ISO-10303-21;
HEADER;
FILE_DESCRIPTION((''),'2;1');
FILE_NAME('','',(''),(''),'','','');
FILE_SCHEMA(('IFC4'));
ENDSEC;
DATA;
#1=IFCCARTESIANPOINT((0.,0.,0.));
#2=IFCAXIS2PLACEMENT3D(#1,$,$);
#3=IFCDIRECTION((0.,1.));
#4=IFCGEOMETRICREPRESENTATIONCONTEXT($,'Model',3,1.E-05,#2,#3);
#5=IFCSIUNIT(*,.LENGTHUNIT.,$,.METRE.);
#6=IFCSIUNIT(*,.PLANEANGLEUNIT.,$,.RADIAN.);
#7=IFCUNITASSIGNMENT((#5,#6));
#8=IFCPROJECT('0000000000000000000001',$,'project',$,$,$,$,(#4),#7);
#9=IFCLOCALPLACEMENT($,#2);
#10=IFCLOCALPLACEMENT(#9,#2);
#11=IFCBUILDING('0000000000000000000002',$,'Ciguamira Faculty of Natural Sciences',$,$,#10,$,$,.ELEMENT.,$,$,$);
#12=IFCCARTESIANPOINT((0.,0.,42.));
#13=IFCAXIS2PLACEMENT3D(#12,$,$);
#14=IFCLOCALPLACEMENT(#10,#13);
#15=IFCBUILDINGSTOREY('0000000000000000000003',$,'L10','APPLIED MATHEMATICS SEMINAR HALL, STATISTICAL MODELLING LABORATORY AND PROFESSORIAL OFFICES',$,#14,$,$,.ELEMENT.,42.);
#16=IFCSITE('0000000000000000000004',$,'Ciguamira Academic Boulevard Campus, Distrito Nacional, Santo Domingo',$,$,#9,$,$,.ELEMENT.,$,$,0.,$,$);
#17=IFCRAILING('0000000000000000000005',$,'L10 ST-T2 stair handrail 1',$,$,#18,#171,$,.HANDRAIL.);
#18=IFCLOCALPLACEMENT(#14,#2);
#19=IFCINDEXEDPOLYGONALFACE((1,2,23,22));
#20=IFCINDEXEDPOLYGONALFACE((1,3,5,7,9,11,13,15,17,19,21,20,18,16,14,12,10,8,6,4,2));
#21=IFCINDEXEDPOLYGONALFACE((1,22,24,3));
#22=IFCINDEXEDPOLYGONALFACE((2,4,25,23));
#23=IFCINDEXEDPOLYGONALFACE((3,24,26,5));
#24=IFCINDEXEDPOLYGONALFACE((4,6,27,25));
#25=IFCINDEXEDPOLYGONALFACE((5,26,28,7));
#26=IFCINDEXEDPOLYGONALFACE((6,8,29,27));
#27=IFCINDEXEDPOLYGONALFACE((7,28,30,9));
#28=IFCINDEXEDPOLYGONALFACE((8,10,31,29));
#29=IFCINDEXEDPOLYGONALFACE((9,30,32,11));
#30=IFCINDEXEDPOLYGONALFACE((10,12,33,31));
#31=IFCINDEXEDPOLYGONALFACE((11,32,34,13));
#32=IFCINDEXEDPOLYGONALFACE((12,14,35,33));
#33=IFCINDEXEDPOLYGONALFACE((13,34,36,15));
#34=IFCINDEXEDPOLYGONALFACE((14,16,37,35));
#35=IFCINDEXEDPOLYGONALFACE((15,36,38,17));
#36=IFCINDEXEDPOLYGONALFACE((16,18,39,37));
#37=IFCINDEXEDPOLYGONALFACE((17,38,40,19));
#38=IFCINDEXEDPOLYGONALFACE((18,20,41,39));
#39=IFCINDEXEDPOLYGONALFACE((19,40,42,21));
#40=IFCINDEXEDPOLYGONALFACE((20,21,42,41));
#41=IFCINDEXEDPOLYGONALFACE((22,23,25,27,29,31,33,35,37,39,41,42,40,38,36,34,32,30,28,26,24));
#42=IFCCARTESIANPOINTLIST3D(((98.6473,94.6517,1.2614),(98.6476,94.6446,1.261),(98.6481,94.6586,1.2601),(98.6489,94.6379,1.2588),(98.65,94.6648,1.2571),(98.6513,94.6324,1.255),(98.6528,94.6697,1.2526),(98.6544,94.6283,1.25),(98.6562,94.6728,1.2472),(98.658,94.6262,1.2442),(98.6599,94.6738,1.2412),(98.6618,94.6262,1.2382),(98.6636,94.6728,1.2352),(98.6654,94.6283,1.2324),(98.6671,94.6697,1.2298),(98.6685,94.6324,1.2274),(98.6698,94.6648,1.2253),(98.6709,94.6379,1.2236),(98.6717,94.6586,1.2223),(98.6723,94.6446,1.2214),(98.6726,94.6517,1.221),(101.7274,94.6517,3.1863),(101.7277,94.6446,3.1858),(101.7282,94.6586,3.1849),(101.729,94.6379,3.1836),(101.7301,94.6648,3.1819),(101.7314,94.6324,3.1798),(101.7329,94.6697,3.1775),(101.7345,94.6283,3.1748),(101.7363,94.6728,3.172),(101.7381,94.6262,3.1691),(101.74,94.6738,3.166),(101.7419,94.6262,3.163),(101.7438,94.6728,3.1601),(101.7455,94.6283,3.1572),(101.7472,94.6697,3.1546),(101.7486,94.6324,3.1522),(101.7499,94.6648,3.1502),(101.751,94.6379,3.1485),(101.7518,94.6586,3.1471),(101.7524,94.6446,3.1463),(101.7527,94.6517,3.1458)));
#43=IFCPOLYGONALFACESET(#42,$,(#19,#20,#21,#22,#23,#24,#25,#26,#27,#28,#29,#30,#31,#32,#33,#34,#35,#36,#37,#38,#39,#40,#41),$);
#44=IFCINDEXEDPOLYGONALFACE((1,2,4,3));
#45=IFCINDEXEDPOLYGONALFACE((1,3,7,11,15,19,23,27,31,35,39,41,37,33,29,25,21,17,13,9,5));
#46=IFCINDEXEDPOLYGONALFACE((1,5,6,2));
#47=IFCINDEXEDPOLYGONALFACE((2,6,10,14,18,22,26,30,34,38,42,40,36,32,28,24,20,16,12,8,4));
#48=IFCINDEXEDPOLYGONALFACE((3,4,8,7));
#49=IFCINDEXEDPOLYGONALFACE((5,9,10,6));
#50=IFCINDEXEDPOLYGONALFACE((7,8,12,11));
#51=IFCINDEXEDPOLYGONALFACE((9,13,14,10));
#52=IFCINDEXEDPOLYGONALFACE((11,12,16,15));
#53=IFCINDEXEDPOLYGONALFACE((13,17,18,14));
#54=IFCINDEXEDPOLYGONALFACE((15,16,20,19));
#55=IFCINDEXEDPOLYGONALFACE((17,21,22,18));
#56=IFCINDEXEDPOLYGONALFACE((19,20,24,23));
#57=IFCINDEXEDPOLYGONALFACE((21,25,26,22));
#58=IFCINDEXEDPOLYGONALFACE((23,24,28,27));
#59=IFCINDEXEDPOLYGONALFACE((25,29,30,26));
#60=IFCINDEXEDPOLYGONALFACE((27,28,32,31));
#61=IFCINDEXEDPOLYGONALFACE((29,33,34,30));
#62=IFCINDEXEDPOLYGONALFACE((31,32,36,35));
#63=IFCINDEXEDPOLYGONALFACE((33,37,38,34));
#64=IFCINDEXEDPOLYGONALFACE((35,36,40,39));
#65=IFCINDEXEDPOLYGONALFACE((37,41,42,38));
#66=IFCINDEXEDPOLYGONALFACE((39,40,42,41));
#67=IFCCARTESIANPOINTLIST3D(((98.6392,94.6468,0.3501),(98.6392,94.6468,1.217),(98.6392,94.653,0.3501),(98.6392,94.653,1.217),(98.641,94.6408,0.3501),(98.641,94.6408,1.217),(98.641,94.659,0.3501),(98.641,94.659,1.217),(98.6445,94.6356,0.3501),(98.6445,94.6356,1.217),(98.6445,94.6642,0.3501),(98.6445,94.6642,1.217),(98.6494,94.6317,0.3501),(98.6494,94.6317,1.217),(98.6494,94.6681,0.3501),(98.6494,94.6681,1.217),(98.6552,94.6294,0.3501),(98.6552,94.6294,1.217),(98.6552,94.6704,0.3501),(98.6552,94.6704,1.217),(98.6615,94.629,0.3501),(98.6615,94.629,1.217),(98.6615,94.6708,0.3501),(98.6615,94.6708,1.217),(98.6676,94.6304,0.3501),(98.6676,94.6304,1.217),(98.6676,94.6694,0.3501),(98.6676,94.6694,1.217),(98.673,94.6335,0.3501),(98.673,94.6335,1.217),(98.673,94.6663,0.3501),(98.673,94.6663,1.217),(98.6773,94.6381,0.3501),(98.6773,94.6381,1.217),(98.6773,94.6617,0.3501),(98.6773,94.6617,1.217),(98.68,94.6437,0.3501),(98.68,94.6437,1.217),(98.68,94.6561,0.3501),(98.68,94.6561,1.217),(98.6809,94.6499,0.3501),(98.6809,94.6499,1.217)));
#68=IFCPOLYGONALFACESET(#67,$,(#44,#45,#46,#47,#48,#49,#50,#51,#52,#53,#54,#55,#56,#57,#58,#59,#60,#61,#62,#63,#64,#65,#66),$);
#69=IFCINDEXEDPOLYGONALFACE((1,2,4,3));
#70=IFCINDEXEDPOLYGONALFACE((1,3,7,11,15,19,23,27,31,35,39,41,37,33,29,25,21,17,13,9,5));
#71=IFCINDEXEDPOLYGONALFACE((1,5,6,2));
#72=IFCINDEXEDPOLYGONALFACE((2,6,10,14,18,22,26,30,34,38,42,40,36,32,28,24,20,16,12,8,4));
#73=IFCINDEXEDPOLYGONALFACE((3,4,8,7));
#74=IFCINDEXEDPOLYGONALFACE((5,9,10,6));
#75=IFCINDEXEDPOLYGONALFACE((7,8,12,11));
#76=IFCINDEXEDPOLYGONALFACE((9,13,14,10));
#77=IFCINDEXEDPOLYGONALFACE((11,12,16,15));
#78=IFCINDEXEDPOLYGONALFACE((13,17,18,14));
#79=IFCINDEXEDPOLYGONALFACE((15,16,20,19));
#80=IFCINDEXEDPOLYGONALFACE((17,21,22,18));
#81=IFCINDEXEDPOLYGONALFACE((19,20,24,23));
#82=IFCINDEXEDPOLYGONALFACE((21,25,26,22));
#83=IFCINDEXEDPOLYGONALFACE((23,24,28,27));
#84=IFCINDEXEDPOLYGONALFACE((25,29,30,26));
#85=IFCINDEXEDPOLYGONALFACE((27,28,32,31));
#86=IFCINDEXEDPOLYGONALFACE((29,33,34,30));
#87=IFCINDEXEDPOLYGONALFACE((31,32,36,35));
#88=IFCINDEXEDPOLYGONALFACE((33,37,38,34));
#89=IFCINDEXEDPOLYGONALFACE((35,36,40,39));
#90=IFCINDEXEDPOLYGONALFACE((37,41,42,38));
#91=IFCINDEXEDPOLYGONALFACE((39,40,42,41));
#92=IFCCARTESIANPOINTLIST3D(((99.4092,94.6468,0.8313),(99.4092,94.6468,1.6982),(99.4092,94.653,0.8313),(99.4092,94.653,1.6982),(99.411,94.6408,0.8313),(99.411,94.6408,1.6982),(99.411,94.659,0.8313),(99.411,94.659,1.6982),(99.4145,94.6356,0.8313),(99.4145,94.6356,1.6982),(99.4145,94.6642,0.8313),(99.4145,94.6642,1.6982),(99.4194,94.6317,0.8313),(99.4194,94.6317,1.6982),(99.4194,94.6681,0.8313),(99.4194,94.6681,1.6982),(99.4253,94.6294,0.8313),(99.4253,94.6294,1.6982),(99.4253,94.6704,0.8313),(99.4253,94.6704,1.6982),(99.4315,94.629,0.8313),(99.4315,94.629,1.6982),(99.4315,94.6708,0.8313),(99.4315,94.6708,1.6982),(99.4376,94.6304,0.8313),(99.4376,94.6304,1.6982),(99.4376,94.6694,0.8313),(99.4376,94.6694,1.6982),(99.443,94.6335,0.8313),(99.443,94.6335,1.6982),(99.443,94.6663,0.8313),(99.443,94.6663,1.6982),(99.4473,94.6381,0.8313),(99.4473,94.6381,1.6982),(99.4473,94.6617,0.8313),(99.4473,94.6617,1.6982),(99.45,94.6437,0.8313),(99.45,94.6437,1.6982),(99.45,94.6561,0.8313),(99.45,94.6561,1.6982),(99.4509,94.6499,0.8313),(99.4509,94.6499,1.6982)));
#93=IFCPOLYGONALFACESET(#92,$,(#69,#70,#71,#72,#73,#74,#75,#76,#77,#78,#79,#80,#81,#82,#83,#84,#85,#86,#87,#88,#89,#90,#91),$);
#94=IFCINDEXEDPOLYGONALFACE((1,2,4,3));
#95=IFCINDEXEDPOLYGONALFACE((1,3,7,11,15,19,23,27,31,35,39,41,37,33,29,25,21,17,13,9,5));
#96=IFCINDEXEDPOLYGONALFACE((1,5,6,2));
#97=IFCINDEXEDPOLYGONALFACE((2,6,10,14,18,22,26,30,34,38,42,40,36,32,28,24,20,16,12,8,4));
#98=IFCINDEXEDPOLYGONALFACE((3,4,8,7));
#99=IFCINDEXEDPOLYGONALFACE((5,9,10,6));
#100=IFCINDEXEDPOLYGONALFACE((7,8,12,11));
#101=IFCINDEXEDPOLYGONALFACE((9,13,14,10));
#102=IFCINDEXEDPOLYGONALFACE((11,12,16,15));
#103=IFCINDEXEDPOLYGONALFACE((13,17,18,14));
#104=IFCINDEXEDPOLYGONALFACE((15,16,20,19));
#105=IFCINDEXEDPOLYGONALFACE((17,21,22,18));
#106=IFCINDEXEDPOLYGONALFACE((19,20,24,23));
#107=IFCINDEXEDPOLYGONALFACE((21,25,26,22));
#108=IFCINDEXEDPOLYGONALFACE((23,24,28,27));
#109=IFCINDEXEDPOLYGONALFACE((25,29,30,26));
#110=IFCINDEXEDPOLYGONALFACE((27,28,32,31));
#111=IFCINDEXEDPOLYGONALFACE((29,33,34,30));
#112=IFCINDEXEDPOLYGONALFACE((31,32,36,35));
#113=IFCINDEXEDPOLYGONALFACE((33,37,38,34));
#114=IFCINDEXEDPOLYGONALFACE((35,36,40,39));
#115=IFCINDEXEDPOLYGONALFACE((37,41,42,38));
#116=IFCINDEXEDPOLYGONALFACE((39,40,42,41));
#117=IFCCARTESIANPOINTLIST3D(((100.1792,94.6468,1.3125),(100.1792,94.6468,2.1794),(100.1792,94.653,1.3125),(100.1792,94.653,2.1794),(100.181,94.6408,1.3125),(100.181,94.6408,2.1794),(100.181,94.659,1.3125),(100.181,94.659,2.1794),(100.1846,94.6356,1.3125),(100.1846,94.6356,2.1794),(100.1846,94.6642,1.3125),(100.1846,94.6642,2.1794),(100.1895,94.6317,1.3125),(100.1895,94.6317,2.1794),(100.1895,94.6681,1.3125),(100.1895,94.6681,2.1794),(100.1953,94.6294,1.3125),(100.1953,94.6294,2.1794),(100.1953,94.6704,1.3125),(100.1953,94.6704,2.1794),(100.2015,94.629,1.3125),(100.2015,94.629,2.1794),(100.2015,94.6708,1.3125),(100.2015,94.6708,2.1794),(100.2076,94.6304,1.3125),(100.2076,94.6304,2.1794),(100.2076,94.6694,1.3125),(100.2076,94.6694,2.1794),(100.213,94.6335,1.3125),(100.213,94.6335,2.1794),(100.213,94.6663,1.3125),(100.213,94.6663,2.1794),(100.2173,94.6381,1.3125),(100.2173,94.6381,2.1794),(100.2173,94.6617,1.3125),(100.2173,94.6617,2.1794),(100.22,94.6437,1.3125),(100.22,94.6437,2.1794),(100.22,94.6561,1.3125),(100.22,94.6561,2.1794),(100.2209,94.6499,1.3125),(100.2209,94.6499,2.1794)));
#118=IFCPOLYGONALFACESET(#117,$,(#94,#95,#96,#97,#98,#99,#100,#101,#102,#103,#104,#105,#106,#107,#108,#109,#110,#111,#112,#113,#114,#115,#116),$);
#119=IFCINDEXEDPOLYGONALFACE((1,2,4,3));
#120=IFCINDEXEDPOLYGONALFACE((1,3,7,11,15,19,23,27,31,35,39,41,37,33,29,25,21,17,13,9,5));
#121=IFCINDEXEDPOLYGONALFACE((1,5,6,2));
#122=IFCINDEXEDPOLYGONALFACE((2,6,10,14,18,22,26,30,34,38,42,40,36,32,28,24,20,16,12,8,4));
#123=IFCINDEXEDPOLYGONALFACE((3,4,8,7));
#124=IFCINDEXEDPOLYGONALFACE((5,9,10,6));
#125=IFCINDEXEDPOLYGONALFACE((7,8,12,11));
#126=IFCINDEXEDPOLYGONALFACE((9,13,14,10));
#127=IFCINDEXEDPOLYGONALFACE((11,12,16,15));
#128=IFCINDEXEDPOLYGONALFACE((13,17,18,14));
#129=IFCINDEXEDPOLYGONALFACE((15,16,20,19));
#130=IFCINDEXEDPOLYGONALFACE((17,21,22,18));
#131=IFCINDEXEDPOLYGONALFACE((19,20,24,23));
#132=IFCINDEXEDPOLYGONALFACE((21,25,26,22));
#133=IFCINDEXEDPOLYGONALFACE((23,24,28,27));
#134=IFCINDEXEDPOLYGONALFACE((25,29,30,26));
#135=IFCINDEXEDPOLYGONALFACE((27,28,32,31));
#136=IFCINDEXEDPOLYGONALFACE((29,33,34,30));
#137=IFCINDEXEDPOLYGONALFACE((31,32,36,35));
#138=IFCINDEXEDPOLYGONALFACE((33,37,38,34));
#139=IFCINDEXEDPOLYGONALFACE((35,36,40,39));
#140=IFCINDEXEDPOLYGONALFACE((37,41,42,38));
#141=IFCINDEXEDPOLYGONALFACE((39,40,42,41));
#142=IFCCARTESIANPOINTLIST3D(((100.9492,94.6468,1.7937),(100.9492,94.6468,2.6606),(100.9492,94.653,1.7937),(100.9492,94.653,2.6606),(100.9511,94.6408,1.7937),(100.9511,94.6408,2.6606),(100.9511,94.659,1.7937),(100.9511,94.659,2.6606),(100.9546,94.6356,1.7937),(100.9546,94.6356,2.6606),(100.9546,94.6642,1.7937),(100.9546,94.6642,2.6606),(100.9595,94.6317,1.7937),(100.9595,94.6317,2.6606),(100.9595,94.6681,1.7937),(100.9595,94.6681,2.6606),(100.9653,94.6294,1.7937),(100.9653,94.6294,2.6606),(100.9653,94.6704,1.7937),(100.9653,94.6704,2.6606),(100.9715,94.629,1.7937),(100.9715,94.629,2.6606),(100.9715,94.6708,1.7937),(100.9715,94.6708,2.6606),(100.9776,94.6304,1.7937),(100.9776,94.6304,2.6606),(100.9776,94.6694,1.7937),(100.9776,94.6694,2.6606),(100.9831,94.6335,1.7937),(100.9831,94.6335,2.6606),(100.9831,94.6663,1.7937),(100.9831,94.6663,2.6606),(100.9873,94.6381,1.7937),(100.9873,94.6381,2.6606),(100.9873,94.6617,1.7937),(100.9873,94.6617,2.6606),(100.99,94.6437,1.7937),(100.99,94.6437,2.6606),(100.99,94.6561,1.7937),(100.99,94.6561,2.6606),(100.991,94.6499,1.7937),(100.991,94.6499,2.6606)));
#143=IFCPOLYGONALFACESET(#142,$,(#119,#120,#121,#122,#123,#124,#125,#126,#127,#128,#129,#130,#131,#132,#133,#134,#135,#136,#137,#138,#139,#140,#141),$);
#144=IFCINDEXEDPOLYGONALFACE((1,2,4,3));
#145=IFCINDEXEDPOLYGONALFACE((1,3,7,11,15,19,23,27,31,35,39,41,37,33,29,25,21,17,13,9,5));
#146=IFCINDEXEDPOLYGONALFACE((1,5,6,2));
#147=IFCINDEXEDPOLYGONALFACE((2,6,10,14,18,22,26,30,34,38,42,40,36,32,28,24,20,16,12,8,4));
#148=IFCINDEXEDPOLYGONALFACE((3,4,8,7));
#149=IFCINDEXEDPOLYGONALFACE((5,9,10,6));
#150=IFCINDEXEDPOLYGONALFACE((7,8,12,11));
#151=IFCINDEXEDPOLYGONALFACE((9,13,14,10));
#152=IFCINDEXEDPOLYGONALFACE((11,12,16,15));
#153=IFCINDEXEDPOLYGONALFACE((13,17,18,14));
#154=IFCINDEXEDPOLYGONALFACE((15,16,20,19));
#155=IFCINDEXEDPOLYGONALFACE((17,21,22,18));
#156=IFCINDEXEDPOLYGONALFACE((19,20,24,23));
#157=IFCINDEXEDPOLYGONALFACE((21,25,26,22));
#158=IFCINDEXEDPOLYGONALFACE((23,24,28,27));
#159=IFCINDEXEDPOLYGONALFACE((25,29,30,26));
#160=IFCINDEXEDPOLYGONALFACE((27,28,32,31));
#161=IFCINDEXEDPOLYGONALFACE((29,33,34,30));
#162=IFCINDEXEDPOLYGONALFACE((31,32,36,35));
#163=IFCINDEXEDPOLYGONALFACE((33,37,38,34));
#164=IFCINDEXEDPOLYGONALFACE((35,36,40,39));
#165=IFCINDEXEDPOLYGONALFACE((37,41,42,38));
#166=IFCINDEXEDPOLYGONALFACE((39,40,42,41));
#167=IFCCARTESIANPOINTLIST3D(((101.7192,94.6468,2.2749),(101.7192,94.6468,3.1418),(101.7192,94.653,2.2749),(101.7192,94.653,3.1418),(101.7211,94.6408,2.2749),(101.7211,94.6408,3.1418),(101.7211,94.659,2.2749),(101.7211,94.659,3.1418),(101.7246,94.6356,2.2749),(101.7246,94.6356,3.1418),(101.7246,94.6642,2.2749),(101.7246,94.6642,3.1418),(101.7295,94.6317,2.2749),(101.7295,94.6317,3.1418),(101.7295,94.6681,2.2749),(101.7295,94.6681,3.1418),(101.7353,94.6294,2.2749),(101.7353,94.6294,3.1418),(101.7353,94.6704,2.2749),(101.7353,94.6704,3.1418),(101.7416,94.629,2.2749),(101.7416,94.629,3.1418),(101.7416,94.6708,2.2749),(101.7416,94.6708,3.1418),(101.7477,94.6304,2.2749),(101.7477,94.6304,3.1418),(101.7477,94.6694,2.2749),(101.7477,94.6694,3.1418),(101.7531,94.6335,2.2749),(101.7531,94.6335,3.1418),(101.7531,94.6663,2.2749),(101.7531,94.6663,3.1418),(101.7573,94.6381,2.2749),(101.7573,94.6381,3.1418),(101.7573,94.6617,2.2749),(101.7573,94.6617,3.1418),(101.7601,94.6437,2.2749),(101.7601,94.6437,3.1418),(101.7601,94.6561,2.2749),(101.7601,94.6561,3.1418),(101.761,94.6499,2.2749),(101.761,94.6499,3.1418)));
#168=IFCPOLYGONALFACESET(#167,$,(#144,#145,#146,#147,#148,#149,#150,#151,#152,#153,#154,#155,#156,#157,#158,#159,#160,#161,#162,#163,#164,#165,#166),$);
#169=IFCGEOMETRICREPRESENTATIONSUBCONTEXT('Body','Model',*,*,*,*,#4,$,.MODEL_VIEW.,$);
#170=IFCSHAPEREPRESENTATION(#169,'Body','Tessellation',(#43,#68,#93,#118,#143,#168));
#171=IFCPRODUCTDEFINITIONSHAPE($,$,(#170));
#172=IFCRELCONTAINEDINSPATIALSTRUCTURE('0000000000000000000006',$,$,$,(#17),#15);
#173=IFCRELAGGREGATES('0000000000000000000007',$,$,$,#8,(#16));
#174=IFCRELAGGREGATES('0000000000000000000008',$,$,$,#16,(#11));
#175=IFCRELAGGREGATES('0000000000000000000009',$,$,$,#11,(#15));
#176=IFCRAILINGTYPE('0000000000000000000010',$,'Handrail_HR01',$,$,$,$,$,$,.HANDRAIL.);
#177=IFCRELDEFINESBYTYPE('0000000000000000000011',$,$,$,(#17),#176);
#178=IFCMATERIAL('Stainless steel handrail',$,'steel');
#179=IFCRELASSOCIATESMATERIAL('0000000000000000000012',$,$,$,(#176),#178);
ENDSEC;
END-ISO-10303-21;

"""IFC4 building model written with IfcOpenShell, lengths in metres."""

from ifc_helpers import new_model, si_unit, direction, frame, origin, origin_2d, place, context, subcontext, project, spatial, circle, extrude, material, type_object, element, save


model = new_model("IFC4")

# Units and contexts
model_context = context("Model", 3, precision=1e-05, world=origin(), true_north=direction((0.0, 1.0)))
body_context = subcontext(model_context, "Body", "Model", "MODEL_VIEW")
ifc_project = project(units=[si_unit("LENGTHUNIT", "METRE"), si_unit("PLANEANGLEUNIT", "RADIAN")], contexts=[model_context])

# Site, building, storey
site_placement = place(None, origin())
site = spatial("IfcSite", under=ifc_project, at=site_placement, Name="Ciguamira Academic Boulevard Campus, Distrito Nacional, Santo Domingo", CompositionType="ELEMENT", RefElevation=0.0)
building_placement = place(site_placement, origin())
building = spatial("IfcBuilding", under=site, at=building_placement, Name="Ciguamira Faculty of Natural Sciences", CompositionType="ELEMENT")
storey_placement = place(building_placement, frame((0.0, 0.0, 42.0)))
storey = spatial("IfcBuildingStorey", under=building, at=storey_placement, Name="L10", Description="APPLIED MATHEMATICS SEMINAR HALL, STATISTICAL MODELLING LABORATORY AND PROFESSORIAL OFFICES", CompositionType="ELEMENT", Elevation=42.0)

# Railing
ifc_material_1 = material(Name="Stainless steel handrail", Category="steel")
railing_type_1 = type_object("IfcRailingType", Name="Handrail_HR01", PredefinedType="HANDRAIL", material=ifc_material_1)
railing_1_placement = place(storey_placement, frame((98.6599, 94.6499, 0.3501)))
element("IfcRailing", 1, at=railing_1_placement, inside=storey, type_object=railing_type_1, Name="L10 ST-T2 stair handrail 1", PredefinedType="HANDRAIL", context=body_context, shape_type="SweptSolid", body=[
    extrude(circle(Radius=0.0239, at=origin_2d()), frame((0.0, 0.0, 0.8911), z_axis=(0.848029, 0.0, 0.529951), x_axis=(0.0, 1.0, 0.0)), (0.0, 0.0, 1.0), 3.6321),
    extrude(circle(Radius=0.021, at=origin_2d()), origin(), (0.0, 0.0, 1.0), 0.8669),
    extrude(circle(Radius=0.021, at=origin_2d()), frame((0.77, 0.0, 0.4812)), (0.0, 0.0, 1.0), 0.8669),
    extrude(circle(Radius=0.021, at=origin_2d()), frame((1.54, 0.0, 0.9624)), (0.0, 0.0, 1.0), 0.8669),
    extrude(circle(Radius=0.021, at=origin_2d()), frame((2.3101, 0.0, 1.4436)), (0.0, 0.0, 1.0), 0.8669),
    extrude(circle(Radius=0.021, at=origin_2d()), frame((3.0801, 0.0, 1.9248)), (0.0, 0.0, 1.0), 0.8669),
])

save(model, "model.ifc")
